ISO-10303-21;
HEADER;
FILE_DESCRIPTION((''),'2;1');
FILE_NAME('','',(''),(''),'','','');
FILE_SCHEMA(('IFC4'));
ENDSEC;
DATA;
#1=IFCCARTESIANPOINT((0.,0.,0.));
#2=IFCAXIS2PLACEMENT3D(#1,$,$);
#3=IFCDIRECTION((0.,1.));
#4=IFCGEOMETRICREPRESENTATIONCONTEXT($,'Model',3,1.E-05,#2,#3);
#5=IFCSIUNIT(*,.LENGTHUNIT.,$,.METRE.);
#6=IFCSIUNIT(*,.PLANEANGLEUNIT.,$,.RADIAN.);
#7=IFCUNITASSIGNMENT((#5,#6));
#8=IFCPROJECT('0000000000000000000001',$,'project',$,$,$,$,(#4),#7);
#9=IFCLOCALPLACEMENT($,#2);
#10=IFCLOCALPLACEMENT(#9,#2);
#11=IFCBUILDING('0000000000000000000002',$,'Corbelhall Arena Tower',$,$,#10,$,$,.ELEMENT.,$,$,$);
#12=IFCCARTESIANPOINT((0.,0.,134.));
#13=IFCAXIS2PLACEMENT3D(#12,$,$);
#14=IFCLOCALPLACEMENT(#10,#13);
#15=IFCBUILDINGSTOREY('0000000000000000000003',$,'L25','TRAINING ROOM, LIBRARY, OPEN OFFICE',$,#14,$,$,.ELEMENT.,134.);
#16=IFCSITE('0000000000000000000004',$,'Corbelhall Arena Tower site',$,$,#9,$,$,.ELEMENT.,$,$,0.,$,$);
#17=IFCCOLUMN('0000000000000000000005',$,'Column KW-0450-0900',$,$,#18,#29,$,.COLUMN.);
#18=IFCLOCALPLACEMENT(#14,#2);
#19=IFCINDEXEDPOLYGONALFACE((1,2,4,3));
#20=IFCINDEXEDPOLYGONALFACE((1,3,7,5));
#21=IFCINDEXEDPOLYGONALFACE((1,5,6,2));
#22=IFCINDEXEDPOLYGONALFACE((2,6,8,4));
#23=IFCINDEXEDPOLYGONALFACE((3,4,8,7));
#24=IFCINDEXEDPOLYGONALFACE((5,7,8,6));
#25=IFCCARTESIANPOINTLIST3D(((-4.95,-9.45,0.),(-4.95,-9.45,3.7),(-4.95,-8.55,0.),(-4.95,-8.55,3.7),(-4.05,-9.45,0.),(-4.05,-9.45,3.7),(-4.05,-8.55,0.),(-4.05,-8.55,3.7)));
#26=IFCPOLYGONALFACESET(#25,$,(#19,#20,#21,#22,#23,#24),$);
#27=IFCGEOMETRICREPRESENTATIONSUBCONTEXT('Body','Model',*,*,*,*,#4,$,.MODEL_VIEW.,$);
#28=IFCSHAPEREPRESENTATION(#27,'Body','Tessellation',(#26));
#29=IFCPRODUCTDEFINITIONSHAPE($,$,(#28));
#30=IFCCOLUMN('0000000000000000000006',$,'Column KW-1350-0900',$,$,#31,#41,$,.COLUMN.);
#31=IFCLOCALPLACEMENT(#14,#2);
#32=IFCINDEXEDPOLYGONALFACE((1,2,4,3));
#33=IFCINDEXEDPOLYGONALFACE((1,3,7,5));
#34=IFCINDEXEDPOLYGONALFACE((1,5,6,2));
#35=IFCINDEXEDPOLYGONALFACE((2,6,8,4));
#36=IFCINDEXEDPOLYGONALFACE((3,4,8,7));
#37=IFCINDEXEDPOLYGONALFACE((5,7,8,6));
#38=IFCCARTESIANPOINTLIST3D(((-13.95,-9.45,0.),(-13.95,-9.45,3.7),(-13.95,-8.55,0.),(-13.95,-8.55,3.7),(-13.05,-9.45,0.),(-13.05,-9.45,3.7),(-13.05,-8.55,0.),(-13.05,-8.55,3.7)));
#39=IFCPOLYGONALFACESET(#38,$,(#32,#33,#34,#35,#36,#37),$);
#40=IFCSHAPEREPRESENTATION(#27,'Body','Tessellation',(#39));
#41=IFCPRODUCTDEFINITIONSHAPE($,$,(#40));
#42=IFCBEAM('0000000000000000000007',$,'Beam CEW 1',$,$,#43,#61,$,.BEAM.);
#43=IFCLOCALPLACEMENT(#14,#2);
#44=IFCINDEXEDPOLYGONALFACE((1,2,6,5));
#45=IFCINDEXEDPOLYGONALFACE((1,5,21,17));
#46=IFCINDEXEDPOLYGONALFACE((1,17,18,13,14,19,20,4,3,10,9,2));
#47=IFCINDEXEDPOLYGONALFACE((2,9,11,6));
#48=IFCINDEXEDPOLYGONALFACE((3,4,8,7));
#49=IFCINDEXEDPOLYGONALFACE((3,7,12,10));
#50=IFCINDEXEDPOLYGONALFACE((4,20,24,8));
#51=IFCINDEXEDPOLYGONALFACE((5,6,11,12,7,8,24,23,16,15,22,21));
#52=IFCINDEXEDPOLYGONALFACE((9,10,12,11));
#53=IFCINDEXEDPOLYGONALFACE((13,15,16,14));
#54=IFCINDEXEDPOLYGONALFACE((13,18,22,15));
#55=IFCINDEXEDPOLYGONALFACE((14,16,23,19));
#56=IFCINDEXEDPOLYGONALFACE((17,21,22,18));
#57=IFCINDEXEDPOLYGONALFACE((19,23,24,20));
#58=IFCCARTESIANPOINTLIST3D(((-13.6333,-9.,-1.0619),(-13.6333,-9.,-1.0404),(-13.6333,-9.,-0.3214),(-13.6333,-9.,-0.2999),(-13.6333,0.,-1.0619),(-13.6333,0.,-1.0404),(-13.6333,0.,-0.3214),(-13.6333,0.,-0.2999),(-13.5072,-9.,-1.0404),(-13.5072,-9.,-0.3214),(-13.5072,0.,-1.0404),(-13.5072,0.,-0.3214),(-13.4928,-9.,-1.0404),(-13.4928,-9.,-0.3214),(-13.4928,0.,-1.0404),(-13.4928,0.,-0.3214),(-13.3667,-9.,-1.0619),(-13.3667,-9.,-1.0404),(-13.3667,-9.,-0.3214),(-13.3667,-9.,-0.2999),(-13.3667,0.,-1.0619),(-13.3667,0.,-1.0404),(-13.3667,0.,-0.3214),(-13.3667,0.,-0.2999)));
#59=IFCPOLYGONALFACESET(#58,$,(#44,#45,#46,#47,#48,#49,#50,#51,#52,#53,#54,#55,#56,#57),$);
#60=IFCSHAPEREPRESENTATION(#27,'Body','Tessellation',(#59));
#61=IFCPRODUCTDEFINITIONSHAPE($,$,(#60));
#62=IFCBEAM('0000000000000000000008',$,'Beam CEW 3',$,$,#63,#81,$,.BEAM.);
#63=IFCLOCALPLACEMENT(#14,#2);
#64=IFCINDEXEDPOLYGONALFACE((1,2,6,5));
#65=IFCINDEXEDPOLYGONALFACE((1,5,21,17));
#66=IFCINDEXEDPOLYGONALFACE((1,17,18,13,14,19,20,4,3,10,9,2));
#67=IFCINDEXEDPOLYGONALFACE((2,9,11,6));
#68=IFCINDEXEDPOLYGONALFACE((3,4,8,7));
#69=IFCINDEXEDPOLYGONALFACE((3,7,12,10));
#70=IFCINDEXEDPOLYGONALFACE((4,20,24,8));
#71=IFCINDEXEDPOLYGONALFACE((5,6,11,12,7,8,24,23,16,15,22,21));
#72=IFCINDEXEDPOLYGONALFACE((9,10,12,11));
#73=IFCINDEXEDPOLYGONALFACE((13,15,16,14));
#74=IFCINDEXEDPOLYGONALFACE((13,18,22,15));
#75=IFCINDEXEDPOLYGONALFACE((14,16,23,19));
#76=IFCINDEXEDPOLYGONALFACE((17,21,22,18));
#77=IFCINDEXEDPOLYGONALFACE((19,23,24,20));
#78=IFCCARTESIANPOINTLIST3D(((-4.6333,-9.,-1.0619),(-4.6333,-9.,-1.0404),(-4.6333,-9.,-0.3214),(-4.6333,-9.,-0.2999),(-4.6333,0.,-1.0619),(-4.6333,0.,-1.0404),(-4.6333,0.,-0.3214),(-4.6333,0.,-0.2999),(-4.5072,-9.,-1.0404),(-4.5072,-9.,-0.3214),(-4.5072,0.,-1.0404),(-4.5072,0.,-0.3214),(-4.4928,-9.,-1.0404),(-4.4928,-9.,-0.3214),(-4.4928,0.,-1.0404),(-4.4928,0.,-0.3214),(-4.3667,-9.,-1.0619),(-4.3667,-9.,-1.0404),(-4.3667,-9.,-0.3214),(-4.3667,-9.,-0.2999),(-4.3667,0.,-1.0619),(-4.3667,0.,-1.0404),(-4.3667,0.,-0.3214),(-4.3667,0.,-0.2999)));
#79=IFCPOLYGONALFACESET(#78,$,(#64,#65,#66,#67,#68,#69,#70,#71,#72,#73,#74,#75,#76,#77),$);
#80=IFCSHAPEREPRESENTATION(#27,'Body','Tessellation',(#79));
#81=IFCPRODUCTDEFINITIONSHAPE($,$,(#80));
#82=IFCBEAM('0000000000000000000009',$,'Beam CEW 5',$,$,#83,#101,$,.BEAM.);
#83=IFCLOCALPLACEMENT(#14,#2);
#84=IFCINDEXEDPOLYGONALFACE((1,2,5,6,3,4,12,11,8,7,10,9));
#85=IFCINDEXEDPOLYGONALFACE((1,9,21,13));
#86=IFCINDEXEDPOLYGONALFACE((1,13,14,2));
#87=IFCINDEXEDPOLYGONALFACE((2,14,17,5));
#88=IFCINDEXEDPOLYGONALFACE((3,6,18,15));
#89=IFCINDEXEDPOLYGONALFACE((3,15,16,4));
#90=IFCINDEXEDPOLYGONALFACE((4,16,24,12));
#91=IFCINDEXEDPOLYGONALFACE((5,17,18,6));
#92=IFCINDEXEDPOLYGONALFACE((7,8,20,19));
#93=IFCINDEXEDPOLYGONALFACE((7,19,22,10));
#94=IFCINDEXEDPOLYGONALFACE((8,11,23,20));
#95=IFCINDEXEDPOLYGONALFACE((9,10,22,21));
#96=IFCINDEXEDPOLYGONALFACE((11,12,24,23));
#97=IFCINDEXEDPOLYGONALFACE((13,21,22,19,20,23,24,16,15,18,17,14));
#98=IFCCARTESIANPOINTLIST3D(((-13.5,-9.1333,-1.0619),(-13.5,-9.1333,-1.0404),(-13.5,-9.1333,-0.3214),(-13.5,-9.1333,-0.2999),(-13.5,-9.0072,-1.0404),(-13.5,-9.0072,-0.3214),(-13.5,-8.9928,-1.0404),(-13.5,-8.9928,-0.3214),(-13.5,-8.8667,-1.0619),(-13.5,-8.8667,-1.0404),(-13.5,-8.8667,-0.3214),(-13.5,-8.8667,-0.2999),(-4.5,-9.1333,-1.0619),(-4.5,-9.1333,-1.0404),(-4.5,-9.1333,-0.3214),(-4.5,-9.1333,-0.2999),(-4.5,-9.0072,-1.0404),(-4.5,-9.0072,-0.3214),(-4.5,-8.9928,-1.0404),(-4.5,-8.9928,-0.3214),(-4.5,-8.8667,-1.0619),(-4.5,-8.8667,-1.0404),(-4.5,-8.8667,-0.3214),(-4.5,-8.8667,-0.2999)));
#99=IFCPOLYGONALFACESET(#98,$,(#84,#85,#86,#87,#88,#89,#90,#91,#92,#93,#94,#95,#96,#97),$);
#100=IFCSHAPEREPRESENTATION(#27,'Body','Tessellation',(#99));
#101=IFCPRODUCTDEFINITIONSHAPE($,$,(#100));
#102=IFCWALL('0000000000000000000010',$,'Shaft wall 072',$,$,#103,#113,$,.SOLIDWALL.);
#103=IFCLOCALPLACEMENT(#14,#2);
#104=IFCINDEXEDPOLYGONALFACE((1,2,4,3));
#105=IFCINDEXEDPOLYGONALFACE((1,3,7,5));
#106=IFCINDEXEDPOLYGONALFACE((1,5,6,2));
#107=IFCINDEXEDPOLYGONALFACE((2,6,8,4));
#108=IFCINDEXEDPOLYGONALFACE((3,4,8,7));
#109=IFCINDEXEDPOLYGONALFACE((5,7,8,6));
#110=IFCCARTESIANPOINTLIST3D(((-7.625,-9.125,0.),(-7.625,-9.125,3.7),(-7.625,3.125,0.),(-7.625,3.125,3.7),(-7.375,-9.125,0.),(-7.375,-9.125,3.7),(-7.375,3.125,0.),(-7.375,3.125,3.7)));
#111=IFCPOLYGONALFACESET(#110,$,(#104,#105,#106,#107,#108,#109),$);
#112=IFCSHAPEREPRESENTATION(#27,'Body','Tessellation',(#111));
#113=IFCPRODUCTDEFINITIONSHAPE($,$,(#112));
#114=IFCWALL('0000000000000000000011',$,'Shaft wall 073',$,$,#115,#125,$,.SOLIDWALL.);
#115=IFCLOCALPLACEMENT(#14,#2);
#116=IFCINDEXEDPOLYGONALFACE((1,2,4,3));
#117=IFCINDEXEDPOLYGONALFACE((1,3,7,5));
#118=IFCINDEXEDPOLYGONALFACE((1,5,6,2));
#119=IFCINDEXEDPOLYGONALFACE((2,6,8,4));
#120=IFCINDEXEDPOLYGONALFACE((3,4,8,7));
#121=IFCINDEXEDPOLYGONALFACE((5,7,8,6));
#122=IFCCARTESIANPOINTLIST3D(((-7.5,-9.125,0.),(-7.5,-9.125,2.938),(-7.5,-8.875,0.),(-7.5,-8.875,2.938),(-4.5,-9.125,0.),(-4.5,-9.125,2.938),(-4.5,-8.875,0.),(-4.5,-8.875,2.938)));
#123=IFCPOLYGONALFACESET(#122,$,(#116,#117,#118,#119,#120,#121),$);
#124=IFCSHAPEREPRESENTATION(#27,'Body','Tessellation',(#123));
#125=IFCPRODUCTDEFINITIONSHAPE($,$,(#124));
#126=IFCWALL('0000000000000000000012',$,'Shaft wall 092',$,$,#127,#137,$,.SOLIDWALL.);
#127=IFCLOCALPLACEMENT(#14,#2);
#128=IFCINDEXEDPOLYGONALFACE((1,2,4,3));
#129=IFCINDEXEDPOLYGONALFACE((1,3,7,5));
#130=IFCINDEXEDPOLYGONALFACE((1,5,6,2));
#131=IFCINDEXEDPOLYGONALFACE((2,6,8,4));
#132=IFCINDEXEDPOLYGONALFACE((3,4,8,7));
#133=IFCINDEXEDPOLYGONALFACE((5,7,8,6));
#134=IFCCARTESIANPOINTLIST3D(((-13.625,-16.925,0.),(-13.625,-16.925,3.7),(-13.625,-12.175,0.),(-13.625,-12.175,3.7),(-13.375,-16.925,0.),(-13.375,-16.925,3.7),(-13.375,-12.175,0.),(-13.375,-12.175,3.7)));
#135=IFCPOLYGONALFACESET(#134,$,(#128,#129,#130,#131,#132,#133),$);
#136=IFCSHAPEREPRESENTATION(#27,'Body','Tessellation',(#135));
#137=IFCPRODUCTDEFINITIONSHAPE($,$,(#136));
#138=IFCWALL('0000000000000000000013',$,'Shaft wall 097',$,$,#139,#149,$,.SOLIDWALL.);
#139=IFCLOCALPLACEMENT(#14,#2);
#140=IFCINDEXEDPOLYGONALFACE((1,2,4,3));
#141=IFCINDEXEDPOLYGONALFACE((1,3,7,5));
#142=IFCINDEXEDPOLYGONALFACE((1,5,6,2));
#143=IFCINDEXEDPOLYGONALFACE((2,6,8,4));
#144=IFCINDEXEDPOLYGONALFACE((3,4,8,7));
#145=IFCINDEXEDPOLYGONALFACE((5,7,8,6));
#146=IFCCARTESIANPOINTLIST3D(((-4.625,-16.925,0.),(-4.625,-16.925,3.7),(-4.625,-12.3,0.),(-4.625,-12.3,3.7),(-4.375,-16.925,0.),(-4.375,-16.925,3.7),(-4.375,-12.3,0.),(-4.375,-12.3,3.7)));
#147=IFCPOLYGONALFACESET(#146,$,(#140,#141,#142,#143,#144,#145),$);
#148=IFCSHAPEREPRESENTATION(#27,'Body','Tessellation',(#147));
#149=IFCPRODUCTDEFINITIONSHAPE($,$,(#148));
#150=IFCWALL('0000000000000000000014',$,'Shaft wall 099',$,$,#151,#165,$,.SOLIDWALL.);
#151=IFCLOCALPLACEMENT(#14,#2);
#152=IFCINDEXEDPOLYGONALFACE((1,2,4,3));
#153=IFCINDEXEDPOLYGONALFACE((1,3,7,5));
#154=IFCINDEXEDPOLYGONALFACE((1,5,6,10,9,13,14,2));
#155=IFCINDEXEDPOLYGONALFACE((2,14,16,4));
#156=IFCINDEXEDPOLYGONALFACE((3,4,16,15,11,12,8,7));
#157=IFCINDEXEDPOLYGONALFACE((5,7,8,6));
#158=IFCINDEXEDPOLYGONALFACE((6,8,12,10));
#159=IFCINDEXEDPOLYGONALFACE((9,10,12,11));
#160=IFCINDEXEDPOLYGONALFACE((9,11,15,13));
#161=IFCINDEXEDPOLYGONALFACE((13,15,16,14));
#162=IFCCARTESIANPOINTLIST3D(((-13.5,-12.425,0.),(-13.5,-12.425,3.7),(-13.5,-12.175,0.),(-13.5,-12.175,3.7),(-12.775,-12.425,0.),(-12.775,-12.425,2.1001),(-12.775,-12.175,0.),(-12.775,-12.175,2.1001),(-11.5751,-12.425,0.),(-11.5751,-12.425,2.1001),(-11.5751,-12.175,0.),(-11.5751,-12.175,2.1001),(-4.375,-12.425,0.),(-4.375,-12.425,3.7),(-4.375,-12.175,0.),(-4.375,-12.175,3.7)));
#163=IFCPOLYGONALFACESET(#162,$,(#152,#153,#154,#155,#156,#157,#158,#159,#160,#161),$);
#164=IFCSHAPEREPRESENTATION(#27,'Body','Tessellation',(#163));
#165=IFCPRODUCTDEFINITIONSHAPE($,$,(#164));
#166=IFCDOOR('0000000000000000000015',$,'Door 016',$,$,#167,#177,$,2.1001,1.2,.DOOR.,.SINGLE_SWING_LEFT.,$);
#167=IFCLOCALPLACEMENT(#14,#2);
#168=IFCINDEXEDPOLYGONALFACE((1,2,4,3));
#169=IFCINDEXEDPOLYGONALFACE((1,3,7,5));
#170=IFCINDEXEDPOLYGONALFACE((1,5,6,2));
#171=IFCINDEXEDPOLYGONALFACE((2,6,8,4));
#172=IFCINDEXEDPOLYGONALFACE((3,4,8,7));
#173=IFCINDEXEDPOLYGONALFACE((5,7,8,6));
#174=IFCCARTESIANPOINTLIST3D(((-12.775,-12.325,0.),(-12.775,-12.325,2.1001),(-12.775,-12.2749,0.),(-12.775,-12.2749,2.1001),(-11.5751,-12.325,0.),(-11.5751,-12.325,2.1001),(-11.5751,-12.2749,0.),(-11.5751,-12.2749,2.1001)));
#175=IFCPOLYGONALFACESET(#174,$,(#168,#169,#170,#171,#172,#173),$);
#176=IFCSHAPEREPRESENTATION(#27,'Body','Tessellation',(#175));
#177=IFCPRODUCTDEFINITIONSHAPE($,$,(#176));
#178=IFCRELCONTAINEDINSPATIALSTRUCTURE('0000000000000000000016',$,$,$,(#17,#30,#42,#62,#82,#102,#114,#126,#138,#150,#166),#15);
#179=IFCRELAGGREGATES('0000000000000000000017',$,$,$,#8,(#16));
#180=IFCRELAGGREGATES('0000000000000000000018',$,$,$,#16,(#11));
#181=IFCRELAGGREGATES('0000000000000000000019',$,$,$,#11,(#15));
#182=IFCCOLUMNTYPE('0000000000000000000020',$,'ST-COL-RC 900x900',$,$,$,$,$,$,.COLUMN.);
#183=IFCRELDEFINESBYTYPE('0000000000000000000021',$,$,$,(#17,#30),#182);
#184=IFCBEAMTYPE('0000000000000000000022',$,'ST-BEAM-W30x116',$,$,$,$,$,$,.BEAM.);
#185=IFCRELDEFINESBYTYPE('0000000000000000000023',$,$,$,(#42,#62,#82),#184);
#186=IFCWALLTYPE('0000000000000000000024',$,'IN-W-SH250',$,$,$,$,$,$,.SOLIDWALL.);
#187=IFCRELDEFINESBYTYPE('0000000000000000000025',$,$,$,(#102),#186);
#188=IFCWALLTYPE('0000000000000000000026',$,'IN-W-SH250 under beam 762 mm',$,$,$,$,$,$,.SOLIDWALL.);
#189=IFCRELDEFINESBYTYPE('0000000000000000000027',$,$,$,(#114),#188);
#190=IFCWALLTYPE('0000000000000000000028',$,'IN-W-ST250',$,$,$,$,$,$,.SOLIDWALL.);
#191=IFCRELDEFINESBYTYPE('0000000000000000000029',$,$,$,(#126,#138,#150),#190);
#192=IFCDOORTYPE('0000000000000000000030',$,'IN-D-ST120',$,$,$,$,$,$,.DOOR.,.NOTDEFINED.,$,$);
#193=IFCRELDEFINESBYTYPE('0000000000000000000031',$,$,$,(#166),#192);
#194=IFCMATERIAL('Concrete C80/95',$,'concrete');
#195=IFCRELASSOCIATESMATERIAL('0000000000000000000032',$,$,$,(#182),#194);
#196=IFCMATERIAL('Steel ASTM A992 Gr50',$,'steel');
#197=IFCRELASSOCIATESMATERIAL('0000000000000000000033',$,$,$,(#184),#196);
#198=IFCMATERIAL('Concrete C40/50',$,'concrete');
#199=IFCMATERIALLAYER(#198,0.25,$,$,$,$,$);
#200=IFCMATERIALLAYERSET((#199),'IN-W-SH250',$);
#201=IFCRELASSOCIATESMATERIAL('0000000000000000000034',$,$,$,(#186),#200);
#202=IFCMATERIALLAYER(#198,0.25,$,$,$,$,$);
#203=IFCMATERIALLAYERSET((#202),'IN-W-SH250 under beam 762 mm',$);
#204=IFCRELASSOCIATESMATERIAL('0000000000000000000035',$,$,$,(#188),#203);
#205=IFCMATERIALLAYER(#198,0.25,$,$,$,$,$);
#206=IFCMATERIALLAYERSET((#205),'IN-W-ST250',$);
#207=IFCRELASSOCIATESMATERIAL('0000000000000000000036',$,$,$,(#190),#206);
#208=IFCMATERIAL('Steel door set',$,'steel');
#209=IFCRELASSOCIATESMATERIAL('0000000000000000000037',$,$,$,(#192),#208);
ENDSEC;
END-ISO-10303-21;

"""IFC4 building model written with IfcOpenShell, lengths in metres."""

from ifc_helpers import new_model, si_unit, direction, frame, frame_2d, origin, origin_2d, place, context, subcontext, project, spatial, rectangle, i_section, extrude, material, layer, layer_set, material_profile, profile_set, type_object, element, fill, save


model = new_model("IFC4")

# Units and contexts
model_context = context("Model", 3, precision=1e-05, world=origin(), true_north=direction((0.0, 1.0)))
body_context = subcontext(model_context, "Body", "Model", "MODEL_VIEW")
ifc_project = project(units=[si_unit("LENGTHUNIT", "METRE"), si_unit("PLANEANGLEUNIT", "RADIAN")], contexts=[model_context])

# Site, building, storey
site_placement = place(None, origin())
site = spatial("IfcSite", under=ifc_project, at=site_placement, Name="Corbelhall Arena Tower site", CompositionType="ELEMENT", RefElevation=0.0)
building_placement = place(site_placement, origin())
building = spatial("IfcBuilding", under=site, at=building_placement, Name="Corbelhall Arena Tower", CompositionType="ELEMENT")
storey_placement = place(building_placement, frame((0.0, 0.0, 134.0)))
storey = spatial("IfcBuildingStorey", under=building, at=storey_placement, Name="L25", Description="TRAINING ROOM, LIBRARY, OPEN OFFICE", CompositionType="ELEMENT", Elevation=134.0)

# Columns
ifc_material_1 = material(Name="Concrete C80/95", Category="concrete")
ifc_material_profile_1 = material_profile(ifc_material_1, rectangle(XDim=0.8999, YDim=0.8999, at=origin_2d()))
ifc_profile_set_1 = profile_set([ifc_material_profile_1], Name="Concrete C80/95")
column_type = type_object("IfcColumnType", Name="ST-COL-RC 900x900", PredefinedType="COLUMN", material=ifc_profile_set_1)
for number, where, z_axis, x_axis, name in (
    (1, (-4.5, -9.0, 0.0), (0.0, 0.0, 1.0), (1.0, 0.0, 0.0), "Column KW-0450-0900"),
    (2, (-13.5, -9.0, 0.0), (0.0, 0.0, 1.0), (1.0, 0.0, 0.0), "Column KW-1350-0900"),
):
    element("IfcColumn", number, at=place(storey_placement, frame(where, z_axis=z_axis, x_axis=x_axis)), inside=storey, type_object=column_type, Name=name, PredefinedType="COLUMN", context=body_context, shape_type="SweptSolid", body=[
        extrude(rectangle(XDim=0.8999, YDim=0.8999, at=origin_2d()), origin(), (0.0, 0.0, 1.0), 3.7),
    ])

# Beams
ifc_material_2 = material(Name="Steel ASTM A992 Gr50", Category="steel")
ifc_material_profile_2 = material_profile(ifc_material_2, i_section(OverallWidth=0.2666, OverallDepth=0.762, WebThickness=0.0144, FlangeThickness=0.0215, at=origin_2d()))
ifc_profile_set_2 = profile_set([ifc_material_profile_2], Name="Steel ASTM A992 Gr50")
beam_type = type_object("IfcBeamType", Name="ST-BEAM-W30x116", PredefinedType="BEAM", material=ifc_profile_set_2)
for number, where, z_axis, x_axis, name in (
    (3, (-13.5, -9.0, -0.6809), (0.0, 1.0, 0.0), (-1.0, 0.0, 0.0), "Beam CEW 1"),
    (4, (-4.5, -9.0, -0.6809), (0.0, 1.0, 0.0), (-1.0, 0.0, 0.0), "Beam CEW 3"),
    (5, (-13.5, -9.0, -0.6809), (1.0, 0.0, 0.0), (0.0, 1.0, 0.0), "Beam CEW 5"),
):
    element("IfcBeam", number, at=place(storey_placement, frame(where, z_axis=z_axis, x_axis=x_axis)), inside=storey, type_object=beam_type, Name=name, PredefinedType="BEAM", context=body_context, shape_type="SweptSolid", body=[
        extrude(i_section(OverallWidth=0.2666, OverallDepth=0.762, WebThickness=0.0144, FlangeThickness=0.0215, at=origin_2d()), origin(), (0.0, 0.0, 1.0), 9.0),
    ])

# Walls
ifc_material_3 = material(Name="Concrete C40/50", Category="concrete")
ifc_layer_1 = layer(ifc_material_3, 0.25)
ifc_layer_set_1 = layer_set([ifc_layer_1], Name="IN-W-SH250")
wall_type_1 = type_object("IfcWallType", Name="IN-W-SH250", PredefinedType="SOLIDWALL", material=ifc_layer_set_1)
wall_1_placement = place(storey_placement, frame((-7.5, -9.125, 0.0), z_axis=(0.0, 0.0, 1.0), x_axis=(0.0, 1.0, 0.0)))
element("IfcWall", 6, at=wall_1_placement, inside=storey, type_object=wall_type_1, Name="Shaft wall 072", PredefinedType="SOLIDWALL", context=body_context, shape_type="SweptSolid", body=[
    extrude(rectangle(XDim=12.25, YDim=0.25, at=frame_2d((6.125, 0.0))), origin(), (0.0, 0.0, 1.0), 3.7),
])
ifc_layer_2 = layer(ifc_material_3, 0.25)
ifc_layer_set_2 = layer_set([ifc_layer_2], Name="IN-W-SH250 under beam 762 mm")
wall_type_2 = type_object("IfcWallType", Name="IN-W-SH250 under beam 762 mm", PredefinedType="SOLIDWALL", material=ifc_layer_set_2)
wall_2_placement = place(storey_placement, frame((-4.5, -9.0, 0.0), z_axis=(0.0, 0.0, 1.0), x_axis=(-1.0, 0.0, 0.0)))
element("IfcWall", 7, at=wall_2_placement, inside=storey, type_object=wall_type_2, Name="Shaft wall 073", PredefinedType="SOLIDWALL", context=body_context, shape_type="SweptSolid", body=[
    extrude(rectangle(XDim=3.0, YDim=0.25, at=frame_2d((1.5, 0.0))), origin(), (0.0, 0.0, 1.0), 2.938),
])
ifc_layer_3 = layer(ifc_material_3, 0.25)
ifc_layer_set_3 = layer_set([ifc_layer_3], Name="IN-W-ST250")
wall_type_3 = type_object("IfcWallType", Name="IN-W-ST250", PredefinedType="SOLIDWALL", material=ifc_layer_set_3)
wall_3_placement = place(storey_placement, frame((-13.5, -12.175, 0.0), z_axis=(0.0, 0.0, 1.0), x_axis=(0.0, -1.0, 0.0)))
element("IfcWall", 8, at=wall_3_placement, inside=storey, type_object=wall_type_3, Name="Shaft wall 092", PredefinedType="SOLIDWALL", context=body_context, shape_type="SweptSolid", body=[
    extrude(rectangle(XDim=4.75, YDim=0.25, at=frame_2d((2.375, 0.0))), origin(), (0.0, 0.0, 1.0), 3.7),
])
wall_4_placement = place(storey_placement, frame((-4.5, -12.3, 0.0), z_axis=(0.0, 0.0, 1.0), x_axis=(0.0, -1.0, 0.0)))
element("IfcWall", 9, at=wall_4_placement, inside=storey, type_object=wall_type_3, Name="Shaft wall 097", PredefinedType="SOLIDWALL", context=body_context, shape_type="SweptSolid", body=[
    extrude(rectangle(XDim=4.625, YDim=0.25, at=frame_2d((2.3125, 0.0))), origin(), (0.0, 0.0, 1.0), 3.7),
])

# Wall, opening, door
wall_5_placement = place(storey_placement, frame((-4.375, -12.3, 0.0), z_axis=(0.0, 0.0, 1.0), x_axis=(-1.0, 0.0, 0.0)))
wall_5 = element("IfcWall", 10, at=wall_5_placement, inside=storey, type_object=wall_type_3, Name="Shaft wall 099", PredefinedType="SOLIDWALL", context=body_context, shape_type="SweptSolid", body=[
    extrude(rectangle(XDim=9.125, YDim=0.25, at=frame_2d((4.5625, 0.0))), origin(), (0.0, 0.0, 1.0), 3.7),
])
opening_1_placement = place(wall_5_placement, frame((7.2, 0.0, 0.0)))
opening_1 = element("IfcOpeningElement", 11, at=opening_1_placement, cuts=wall_5, PredefinedType="OPENING", context=body_context, shape_type="SweptSolid", body=[
    extrude(rectangle(XDim=1.2, YDim=2.1001, at=frame_2d((0.6001, 1.05))), frame((0.0, 0.125, 0.0), z_axis=(0.0, -1.0, 0.0), x_axis=(1.0, 0.0, 0.0)), (0.0, 0.0, 1.0), 0.25),
])
ifc_material_4 = material(Name="Steel door set", Category="steel")
door_type_1 = type_object("IfcDoorType", Name="IN-D-ST120", OperationType="NOTDEFINED", PredefinedType="DOOR", material=ifc_material_4)
door_1_placement = place(opening_1_placement, origin())
door_1 = element("IfcDoor", 12, at=door_1_placement, inside=storey, type_object=door_type_1, Name="Door 016", OperationType="SINGLE_SWING_LEFT", OverallHeight=2.1001, OverallWidth=1.2, PredefinedType="DOOR", context=body_context, shape_type="SweptSolid", body=[
    extrude(rectangle(XDim=1.2, YDim=2.1001, at=frame_2d((0.6001, 1.05))), frame((0.0, 0.0249, 0.0), z_axis=(0.0, -1.0, 0.0), x_axis=(1.0, 0.0, 0.0)), (0.0, 0.0, 1.0), 0.05),
])
fill(opening_1, door_1)

save(model, "model.ifc")
